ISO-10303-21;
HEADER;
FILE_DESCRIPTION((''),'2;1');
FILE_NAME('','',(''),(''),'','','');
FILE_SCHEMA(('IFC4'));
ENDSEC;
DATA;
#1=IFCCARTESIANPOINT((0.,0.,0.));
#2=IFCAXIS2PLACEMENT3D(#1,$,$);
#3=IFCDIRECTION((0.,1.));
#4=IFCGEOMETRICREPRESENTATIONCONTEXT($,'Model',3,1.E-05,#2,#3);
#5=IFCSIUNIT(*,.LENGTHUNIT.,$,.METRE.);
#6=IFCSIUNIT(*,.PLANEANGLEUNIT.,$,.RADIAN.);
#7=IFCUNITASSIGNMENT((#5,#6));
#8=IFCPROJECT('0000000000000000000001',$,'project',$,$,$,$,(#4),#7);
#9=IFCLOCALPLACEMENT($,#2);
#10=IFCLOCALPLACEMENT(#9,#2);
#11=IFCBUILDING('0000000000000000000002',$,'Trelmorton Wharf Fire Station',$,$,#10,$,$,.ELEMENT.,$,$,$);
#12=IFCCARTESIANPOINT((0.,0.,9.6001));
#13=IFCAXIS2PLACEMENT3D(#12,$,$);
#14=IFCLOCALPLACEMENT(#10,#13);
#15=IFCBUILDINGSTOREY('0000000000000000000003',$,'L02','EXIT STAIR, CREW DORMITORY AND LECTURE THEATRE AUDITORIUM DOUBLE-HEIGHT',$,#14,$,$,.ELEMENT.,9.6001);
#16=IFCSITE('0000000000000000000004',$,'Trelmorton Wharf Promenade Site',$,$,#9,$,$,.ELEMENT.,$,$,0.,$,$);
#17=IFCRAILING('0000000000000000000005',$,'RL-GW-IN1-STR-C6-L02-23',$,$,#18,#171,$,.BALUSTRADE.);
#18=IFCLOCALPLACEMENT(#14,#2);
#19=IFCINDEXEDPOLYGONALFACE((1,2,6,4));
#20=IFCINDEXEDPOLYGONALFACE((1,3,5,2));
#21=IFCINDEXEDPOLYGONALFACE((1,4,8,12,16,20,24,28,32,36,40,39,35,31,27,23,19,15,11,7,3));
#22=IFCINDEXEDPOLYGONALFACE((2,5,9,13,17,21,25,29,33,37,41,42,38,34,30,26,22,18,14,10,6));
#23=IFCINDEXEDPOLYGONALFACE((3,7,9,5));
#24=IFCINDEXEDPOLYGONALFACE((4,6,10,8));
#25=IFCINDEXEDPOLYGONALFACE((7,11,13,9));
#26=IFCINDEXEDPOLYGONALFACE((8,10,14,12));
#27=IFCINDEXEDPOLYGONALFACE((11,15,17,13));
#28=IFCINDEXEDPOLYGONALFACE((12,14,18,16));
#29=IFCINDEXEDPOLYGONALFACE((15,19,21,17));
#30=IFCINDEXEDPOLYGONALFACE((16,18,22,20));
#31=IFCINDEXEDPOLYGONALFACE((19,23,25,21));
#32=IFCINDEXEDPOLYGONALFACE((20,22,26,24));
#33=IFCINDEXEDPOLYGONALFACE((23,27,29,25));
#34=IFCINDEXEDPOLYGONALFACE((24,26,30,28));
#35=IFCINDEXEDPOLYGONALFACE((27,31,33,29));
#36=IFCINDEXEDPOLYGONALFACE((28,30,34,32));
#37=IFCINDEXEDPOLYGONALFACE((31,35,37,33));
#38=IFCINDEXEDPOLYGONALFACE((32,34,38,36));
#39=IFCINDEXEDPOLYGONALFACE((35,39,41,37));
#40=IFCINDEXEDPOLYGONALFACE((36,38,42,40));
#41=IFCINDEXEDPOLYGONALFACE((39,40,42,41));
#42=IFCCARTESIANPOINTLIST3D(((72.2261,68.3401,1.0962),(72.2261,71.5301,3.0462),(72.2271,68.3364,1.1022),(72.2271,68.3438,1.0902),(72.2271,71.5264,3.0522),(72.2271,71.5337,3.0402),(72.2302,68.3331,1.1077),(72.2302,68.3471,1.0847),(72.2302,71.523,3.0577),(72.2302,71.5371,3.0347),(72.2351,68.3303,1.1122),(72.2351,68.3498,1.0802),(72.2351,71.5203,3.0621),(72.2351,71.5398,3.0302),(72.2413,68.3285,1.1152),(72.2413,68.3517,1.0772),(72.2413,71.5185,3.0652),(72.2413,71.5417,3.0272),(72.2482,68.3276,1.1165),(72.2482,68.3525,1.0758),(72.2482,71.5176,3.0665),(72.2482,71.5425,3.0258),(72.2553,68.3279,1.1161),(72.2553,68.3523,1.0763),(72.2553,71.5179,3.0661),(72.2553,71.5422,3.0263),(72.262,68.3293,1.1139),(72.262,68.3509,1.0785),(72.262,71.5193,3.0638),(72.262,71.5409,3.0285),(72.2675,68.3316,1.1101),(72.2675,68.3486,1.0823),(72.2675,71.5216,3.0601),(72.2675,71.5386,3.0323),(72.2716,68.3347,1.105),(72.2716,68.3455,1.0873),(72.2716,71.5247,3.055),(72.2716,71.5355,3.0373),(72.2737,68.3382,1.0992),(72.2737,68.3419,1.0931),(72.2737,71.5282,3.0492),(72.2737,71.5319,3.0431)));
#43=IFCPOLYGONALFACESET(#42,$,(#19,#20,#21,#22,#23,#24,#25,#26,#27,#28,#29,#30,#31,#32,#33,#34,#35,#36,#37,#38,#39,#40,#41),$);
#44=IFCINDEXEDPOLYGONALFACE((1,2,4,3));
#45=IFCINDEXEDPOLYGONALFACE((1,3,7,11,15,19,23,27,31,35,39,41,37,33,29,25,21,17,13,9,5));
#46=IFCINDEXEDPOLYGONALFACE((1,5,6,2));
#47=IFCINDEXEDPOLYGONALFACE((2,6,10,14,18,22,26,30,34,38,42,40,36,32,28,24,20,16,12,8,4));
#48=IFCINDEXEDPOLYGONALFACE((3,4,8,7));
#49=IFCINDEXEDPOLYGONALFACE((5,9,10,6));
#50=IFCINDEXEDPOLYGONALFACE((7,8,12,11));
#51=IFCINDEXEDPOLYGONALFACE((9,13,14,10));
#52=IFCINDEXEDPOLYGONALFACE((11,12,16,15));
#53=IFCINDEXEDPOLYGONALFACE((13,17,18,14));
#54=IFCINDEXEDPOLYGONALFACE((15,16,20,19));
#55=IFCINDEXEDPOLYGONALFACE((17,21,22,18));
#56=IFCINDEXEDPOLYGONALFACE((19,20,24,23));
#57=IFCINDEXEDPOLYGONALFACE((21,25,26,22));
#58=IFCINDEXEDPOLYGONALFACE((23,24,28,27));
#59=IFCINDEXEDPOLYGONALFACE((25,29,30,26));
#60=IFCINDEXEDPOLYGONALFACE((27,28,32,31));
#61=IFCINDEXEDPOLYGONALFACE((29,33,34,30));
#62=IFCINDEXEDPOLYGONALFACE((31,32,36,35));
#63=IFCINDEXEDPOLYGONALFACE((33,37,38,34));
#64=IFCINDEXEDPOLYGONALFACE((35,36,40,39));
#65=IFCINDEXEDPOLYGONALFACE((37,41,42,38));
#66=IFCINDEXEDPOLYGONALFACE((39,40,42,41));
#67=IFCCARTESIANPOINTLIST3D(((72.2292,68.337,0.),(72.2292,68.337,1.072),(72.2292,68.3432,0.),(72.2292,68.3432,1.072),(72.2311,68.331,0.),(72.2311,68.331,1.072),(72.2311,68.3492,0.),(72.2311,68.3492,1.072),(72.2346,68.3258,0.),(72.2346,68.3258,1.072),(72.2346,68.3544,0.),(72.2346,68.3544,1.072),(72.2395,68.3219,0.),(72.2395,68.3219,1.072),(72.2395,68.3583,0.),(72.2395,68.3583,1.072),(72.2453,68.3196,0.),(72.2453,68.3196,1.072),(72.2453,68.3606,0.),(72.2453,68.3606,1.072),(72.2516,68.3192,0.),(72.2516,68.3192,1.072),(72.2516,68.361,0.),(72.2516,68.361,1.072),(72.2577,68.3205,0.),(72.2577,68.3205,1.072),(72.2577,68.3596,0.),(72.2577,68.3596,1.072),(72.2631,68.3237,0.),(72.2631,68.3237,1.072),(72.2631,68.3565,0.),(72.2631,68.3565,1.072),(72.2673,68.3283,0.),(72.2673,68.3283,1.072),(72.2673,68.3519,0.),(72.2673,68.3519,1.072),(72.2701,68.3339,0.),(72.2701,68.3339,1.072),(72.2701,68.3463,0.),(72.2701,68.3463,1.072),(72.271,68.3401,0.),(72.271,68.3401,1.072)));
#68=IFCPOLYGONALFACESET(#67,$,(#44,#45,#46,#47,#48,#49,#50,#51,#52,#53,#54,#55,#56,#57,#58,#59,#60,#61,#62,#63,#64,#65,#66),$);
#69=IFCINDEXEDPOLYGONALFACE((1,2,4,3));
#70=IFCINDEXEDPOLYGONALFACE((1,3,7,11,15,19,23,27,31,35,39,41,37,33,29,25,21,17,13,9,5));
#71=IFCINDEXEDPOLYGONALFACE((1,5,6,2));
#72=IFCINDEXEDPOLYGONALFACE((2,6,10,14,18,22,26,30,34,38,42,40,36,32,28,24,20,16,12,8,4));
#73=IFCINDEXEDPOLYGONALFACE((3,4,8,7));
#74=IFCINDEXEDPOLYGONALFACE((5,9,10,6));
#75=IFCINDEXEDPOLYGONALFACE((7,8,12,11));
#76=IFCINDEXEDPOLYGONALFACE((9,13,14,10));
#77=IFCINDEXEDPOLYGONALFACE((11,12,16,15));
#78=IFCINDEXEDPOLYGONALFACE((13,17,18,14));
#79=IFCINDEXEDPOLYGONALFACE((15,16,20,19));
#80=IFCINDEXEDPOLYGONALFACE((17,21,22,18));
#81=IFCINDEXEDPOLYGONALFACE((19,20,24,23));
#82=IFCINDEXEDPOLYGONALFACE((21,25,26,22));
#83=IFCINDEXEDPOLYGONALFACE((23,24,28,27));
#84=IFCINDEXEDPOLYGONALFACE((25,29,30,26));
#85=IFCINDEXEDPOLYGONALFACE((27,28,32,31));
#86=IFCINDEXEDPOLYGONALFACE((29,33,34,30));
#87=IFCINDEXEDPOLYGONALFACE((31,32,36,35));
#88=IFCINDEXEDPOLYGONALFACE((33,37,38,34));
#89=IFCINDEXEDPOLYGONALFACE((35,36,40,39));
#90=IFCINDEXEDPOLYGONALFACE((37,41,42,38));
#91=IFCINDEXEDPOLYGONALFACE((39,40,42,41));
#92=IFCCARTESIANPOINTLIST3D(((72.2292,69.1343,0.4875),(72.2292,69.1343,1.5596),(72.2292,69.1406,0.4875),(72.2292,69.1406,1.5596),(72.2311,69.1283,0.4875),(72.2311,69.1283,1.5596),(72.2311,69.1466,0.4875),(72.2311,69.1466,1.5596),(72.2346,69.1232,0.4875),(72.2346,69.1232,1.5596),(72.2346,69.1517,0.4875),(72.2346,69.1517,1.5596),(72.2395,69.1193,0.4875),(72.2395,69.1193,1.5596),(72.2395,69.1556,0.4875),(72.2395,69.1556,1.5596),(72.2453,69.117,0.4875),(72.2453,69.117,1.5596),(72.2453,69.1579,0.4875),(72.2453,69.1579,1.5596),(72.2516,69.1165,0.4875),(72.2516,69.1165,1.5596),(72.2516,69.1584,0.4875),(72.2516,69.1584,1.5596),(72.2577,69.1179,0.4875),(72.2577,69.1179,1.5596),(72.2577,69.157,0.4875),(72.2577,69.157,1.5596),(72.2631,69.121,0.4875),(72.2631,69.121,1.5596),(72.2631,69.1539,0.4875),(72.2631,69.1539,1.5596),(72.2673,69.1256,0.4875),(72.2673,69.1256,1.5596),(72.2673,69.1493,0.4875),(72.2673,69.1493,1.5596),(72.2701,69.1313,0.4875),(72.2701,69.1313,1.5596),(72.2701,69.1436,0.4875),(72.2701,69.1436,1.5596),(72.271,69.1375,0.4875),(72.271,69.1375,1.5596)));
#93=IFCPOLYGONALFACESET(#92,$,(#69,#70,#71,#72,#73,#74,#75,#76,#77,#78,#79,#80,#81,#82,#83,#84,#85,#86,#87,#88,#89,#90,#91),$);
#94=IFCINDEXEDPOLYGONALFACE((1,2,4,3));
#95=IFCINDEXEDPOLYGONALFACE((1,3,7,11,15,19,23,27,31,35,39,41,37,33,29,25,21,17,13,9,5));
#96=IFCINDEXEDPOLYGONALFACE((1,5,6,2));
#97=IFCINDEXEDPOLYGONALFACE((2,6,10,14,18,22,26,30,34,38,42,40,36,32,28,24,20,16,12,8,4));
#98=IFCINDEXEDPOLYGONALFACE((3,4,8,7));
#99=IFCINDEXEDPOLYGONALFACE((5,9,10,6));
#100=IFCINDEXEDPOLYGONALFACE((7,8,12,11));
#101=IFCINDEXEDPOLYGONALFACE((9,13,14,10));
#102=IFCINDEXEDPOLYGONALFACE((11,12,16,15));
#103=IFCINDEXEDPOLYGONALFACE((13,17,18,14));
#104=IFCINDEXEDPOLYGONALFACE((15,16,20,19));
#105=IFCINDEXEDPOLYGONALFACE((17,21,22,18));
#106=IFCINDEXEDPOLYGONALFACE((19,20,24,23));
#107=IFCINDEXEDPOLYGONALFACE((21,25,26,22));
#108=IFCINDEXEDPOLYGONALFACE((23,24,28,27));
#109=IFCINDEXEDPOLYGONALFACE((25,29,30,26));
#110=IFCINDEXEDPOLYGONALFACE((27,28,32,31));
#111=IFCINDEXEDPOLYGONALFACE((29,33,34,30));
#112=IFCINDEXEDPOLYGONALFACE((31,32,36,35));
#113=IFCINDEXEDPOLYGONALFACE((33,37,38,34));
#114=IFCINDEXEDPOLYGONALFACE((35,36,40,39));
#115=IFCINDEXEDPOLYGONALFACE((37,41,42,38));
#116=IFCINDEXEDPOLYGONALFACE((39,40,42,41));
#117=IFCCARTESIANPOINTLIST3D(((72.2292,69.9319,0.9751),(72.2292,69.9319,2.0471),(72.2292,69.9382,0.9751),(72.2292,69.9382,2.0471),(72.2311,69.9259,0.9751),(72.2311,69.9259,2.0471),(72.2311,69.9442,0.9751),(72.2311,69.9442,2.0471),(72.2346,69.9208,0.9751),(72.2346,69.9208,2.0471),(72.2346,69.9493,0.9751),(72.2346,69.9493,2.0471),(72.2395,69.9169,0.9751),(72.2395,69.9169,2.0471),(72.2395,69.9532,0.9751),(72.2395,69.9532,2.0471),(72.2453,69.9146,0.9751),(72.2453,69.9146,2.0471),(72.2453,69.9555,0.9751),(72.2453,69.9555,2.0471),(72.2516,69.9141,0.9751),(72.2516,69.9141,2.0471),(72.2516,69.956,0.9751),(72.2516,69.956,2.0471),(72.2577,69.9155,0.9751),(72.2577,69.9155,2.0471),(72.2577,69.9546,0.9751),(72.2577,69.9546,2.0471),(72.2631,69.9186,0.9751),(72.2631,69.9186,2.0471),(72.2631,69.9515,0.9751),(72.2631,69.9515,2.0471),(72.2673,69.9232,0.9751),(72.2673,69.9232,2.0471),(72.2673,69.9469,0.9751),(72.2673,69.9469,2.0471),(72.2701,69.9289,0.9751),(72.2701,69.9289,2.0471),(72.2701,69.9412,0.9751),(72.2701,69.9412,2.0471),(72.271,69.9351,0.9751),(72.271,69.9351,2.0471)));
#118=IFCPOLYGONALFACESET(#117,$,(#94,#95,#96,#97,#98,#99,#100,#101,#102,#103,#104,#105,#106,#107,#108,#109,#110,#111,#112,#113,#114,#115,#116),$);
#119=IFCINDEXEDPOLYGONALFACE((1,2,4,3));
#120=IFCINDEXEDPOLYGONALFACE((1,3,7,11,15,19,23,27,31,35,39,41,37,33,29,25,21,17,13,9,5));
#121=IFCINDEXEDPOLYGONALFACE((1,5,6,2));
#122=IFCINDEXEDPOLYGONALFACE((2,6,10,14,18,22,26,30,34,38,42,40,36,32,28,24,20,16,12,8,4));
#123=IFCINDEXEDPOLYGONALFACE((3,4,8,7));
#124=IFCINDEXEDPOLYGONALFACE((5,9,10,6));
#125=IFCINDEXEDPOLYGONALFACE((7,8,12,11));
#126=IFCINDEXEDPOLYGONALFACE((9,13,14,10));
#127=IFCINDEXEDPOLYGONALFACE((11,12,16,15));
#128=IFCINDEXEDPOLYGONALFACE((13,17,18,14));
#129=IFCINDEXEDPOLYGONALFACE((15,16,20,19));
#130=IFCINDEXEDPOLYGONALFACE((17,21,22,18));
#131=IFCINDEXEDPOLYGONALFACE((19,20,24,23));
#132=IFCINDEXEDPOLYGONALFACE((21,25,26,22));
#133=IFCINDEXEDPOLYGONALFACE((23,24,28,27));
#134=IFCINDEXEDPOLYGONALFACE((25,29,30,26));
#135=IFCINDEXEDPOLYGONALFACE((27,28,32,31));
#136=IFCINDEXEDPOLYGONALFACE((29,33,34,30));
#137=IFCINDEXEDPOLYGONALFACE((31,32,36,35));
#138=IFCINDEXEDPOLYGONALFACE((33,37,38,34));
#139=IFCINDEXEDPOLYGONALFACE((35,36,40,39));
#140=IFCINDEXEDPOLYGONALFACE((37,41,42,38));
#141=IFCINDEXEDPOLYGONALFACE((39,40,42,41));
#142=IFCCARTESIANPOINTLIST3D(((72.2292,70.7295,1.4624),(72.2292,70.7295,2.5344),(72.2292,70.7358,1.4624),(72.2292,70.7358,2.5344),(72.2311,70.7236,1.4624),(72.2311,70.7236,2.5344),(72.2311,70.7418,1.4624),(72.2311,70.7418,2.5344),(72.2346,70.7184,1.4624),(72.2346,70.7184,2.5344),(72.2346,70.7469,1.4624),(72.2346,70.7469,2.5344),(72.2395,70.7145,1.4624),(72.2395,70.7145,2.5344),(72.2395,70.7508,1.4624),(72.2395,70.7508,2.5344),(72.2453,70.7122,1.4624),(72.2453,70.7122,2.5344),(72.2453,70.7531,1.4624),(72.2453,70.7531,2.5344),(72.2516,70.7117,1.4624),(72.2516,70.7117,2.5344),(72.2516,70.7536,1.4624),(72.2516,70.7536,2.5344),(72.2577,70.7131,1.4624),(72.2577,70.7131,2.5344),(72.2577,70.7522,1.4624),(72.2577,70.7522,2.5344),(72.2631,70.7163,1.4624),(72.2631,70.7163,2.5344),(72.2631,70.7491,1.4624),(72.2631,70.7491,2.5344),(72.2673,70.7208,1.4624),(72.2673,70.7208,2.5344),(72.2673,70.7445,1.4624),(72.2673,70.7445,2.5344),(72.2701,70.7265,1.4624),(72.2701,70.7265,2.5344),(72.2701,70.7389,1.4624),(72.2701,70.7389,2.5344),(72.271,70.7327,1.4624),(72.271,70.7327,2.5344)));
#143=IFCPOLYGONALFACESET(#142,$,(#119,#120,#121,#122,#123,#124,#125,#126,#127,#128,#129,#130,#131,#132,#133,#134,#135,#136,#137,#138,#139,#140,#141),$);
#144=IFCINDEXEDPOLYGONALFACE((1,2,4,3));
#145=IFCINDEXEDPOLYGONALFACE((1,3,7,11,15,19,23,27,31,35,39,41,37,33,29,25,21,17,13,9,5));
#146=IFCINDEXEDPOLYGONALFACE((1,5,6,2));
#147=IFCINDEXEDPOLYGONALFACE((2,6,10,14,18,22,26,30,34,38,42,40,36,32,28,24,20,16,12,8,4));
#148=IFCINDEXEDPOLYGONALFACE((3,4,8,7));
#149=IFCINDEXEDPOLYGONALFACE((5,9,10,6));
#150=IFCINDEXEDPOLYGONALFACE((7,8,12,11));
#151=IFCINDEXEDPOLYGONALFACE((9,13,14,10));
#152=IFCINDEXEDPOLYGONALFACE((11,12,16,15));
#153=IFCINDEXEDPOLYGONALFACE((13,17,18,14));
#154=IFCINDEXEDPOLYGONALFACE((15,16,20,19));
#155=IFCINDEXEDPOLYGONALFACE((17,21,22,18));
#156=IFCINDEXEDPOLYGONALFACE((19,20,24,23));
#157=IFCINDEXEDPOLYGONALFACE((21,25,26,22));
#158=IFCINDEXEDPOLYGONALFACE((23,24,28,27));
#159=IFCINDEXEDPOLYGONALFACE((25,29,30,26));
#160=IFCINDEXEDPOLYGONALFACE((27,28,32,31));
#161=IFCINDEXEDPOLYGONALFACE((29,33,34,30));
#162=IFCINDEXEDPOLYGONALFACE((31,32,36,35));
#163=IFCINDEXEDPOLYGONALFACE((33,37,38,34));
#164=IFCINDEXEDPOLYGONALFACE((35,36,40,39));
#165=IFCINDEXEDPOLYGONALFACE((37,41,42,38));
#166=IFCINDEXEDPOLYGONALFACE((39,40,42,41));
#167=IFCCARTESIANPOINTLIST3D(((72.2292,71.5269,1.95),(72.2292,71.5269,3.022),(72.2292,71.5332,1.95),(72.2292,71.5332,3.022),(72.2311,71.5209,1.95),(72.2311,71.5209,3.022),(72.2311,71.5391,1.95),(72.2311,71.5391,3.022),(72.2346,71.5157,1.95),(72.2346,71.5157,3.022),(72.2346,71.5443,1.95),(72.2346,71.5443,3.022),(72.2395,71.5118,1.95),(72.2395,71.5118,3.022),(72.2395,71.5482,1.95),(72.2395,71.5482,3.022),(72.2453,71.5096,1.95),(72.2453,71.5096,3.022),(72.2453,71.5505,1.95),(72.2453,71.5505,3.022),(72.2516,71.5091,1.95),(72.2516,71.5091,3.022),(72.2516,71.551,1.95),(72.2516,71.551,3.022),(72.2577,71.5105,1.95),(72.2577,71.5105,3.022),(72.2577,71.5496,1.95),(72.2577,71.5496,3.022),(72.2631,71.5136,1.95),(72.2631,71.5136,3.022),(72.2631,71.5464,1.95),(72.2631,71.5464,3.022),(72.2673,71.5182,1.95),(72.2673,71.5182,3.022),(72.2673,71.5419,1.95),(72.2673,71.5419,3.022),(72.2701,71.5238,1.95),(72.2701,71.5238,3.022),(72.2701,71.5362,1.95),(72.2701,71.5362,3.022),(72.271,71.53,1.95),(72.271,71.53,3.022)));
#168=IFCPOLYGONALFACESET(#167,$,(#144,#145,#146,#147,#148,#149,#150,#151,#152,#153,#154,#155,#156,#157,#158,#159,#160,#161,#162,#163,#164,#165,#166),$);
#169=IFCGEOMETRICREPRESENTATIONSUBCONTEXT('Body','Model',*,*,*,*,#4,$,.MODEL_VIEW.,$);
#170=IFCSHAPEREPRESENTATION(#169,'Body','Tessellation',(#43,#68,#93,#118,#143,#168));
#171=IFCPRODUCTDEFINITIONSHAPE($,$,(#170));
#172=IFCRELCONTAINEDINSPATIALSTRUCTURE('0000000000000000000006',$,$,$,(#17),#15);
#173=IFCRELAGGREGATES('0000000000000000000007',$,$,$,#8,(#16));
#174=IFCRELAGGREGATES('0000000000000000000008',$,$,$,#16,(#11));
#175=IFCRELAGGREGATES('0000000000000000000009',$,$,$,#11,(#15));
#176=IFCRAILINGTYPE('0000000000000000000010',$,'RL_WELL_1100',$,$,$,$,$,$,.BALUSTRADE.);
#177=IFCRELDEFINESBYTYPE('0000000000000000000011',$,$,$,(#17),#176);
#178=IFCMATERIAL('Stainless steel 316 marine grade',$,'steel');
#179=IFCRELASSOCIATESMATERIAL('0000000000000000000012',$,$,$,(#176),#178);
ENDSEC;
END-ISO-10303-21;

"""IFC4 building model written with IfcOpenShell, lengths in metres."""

from ifc_helpers import new_model, si_unit, direction, frame, origin, origin_2d, place, context, subcontext, project, spatial, circle, extrude, material, type_object, element, save


model = new_model("IFC4")

# Units and contexts
model_context = context("Model", 3, precision=1e-05, world=origin(), true_north=direction((0.0, 1.0)))
body_context = subcontext(model_context, "Body", "Model", "MODEL_VIEW")
ifc_project = project(units=[si_unit("LENGTHUNIT", "METRE"), si_unit("PLANEANGLEUNIT", "RADIAN")], contexts=[model_context])

# Site, building, storey
site_placement = place(None, origin())
site = spatial("IfcSite", under=ifc_project, at=site_placement, Name="Trelmorton Wharf Promenade Site", CompositionType="ELEMENT", RefElevation=0.0)
building_placement = place(site_placement, origin())
building = spatial("IfcBuilding", under=site, at=building_placement, Name="Trelmorton Wharf Fire Station", CompositionType="ELEMENT")
storey_placement = place(building_placement, frame((0.0, 0.0, 9.6001)))
storey = spatial("IfcBuildingStorey", under=building, at=storey_placement, Name="L02", Description="EXIT STAIR, CREW DORMITORY AND LECTURE THEATRE AUDITORIUM DOUBLE-HEIGHT", CompositionType="ELEMENT", Elevation=9.6001)

# Shared definitions
ifc_material_1 = material(Name="Stainless steel 316 marine grade", Category="steel")

# Railing
railing_type_1 = type_object("IfcRailingType", Name="RL_WELL_1100", PredefinedType="BALUSTRADE", material=ifc_material_1)
railing_1_placement = place(storey_placement, frame((72.25, 68.3401, 0.0)))
element("IfcRailing", 1, at=railing_1_placement, inside=storey, type_object=railing_type_1, Name="RL-GW-IN1-STR-C6-L02-23", PredefinedType="BALUSTRADE", context=body_context, shape_type="SweptSolid", body=[
    extrude(circle(Radius=0.0239, at=origin_2d()), frame((0.0, 0.0, 1.0962), z_axis=(0.0, 0.853217, 0.521556), x_axis=(-1.0, 0.0, 0.0)), (0.0, 0.0, 1.0), 3.7388),
    extrude(circle(Radius=0.021, at=origin_2d()), origin(), (0.0, 0.0, 1.0), 1.072),
    extrude(circle(Radius=0.021, at=origin_2d()), frame((0.0, 0.7974, 0.4875)), (0.0, 0.0, 1.0), 1.072),
    extrude(circle(Radius=0.021, at=origin_2d()), frame((0.0, 1.595, 0.9751)), (0.0, 0.0, 1.0), 1.072),
    extrude(circle(Radius=0.021, at=origin_2d()), frame((0.0, 2.3926, 1.4624)), (0.0, 0.0, 1.0), 1.072),
    extrude(circle(Radius=0.021, at=origin_2d()), frame((0.0, 3.1899, 1.95)), (0.0, 0.0, 1.0), 1.072),
])

save(model, "model.ifc")
